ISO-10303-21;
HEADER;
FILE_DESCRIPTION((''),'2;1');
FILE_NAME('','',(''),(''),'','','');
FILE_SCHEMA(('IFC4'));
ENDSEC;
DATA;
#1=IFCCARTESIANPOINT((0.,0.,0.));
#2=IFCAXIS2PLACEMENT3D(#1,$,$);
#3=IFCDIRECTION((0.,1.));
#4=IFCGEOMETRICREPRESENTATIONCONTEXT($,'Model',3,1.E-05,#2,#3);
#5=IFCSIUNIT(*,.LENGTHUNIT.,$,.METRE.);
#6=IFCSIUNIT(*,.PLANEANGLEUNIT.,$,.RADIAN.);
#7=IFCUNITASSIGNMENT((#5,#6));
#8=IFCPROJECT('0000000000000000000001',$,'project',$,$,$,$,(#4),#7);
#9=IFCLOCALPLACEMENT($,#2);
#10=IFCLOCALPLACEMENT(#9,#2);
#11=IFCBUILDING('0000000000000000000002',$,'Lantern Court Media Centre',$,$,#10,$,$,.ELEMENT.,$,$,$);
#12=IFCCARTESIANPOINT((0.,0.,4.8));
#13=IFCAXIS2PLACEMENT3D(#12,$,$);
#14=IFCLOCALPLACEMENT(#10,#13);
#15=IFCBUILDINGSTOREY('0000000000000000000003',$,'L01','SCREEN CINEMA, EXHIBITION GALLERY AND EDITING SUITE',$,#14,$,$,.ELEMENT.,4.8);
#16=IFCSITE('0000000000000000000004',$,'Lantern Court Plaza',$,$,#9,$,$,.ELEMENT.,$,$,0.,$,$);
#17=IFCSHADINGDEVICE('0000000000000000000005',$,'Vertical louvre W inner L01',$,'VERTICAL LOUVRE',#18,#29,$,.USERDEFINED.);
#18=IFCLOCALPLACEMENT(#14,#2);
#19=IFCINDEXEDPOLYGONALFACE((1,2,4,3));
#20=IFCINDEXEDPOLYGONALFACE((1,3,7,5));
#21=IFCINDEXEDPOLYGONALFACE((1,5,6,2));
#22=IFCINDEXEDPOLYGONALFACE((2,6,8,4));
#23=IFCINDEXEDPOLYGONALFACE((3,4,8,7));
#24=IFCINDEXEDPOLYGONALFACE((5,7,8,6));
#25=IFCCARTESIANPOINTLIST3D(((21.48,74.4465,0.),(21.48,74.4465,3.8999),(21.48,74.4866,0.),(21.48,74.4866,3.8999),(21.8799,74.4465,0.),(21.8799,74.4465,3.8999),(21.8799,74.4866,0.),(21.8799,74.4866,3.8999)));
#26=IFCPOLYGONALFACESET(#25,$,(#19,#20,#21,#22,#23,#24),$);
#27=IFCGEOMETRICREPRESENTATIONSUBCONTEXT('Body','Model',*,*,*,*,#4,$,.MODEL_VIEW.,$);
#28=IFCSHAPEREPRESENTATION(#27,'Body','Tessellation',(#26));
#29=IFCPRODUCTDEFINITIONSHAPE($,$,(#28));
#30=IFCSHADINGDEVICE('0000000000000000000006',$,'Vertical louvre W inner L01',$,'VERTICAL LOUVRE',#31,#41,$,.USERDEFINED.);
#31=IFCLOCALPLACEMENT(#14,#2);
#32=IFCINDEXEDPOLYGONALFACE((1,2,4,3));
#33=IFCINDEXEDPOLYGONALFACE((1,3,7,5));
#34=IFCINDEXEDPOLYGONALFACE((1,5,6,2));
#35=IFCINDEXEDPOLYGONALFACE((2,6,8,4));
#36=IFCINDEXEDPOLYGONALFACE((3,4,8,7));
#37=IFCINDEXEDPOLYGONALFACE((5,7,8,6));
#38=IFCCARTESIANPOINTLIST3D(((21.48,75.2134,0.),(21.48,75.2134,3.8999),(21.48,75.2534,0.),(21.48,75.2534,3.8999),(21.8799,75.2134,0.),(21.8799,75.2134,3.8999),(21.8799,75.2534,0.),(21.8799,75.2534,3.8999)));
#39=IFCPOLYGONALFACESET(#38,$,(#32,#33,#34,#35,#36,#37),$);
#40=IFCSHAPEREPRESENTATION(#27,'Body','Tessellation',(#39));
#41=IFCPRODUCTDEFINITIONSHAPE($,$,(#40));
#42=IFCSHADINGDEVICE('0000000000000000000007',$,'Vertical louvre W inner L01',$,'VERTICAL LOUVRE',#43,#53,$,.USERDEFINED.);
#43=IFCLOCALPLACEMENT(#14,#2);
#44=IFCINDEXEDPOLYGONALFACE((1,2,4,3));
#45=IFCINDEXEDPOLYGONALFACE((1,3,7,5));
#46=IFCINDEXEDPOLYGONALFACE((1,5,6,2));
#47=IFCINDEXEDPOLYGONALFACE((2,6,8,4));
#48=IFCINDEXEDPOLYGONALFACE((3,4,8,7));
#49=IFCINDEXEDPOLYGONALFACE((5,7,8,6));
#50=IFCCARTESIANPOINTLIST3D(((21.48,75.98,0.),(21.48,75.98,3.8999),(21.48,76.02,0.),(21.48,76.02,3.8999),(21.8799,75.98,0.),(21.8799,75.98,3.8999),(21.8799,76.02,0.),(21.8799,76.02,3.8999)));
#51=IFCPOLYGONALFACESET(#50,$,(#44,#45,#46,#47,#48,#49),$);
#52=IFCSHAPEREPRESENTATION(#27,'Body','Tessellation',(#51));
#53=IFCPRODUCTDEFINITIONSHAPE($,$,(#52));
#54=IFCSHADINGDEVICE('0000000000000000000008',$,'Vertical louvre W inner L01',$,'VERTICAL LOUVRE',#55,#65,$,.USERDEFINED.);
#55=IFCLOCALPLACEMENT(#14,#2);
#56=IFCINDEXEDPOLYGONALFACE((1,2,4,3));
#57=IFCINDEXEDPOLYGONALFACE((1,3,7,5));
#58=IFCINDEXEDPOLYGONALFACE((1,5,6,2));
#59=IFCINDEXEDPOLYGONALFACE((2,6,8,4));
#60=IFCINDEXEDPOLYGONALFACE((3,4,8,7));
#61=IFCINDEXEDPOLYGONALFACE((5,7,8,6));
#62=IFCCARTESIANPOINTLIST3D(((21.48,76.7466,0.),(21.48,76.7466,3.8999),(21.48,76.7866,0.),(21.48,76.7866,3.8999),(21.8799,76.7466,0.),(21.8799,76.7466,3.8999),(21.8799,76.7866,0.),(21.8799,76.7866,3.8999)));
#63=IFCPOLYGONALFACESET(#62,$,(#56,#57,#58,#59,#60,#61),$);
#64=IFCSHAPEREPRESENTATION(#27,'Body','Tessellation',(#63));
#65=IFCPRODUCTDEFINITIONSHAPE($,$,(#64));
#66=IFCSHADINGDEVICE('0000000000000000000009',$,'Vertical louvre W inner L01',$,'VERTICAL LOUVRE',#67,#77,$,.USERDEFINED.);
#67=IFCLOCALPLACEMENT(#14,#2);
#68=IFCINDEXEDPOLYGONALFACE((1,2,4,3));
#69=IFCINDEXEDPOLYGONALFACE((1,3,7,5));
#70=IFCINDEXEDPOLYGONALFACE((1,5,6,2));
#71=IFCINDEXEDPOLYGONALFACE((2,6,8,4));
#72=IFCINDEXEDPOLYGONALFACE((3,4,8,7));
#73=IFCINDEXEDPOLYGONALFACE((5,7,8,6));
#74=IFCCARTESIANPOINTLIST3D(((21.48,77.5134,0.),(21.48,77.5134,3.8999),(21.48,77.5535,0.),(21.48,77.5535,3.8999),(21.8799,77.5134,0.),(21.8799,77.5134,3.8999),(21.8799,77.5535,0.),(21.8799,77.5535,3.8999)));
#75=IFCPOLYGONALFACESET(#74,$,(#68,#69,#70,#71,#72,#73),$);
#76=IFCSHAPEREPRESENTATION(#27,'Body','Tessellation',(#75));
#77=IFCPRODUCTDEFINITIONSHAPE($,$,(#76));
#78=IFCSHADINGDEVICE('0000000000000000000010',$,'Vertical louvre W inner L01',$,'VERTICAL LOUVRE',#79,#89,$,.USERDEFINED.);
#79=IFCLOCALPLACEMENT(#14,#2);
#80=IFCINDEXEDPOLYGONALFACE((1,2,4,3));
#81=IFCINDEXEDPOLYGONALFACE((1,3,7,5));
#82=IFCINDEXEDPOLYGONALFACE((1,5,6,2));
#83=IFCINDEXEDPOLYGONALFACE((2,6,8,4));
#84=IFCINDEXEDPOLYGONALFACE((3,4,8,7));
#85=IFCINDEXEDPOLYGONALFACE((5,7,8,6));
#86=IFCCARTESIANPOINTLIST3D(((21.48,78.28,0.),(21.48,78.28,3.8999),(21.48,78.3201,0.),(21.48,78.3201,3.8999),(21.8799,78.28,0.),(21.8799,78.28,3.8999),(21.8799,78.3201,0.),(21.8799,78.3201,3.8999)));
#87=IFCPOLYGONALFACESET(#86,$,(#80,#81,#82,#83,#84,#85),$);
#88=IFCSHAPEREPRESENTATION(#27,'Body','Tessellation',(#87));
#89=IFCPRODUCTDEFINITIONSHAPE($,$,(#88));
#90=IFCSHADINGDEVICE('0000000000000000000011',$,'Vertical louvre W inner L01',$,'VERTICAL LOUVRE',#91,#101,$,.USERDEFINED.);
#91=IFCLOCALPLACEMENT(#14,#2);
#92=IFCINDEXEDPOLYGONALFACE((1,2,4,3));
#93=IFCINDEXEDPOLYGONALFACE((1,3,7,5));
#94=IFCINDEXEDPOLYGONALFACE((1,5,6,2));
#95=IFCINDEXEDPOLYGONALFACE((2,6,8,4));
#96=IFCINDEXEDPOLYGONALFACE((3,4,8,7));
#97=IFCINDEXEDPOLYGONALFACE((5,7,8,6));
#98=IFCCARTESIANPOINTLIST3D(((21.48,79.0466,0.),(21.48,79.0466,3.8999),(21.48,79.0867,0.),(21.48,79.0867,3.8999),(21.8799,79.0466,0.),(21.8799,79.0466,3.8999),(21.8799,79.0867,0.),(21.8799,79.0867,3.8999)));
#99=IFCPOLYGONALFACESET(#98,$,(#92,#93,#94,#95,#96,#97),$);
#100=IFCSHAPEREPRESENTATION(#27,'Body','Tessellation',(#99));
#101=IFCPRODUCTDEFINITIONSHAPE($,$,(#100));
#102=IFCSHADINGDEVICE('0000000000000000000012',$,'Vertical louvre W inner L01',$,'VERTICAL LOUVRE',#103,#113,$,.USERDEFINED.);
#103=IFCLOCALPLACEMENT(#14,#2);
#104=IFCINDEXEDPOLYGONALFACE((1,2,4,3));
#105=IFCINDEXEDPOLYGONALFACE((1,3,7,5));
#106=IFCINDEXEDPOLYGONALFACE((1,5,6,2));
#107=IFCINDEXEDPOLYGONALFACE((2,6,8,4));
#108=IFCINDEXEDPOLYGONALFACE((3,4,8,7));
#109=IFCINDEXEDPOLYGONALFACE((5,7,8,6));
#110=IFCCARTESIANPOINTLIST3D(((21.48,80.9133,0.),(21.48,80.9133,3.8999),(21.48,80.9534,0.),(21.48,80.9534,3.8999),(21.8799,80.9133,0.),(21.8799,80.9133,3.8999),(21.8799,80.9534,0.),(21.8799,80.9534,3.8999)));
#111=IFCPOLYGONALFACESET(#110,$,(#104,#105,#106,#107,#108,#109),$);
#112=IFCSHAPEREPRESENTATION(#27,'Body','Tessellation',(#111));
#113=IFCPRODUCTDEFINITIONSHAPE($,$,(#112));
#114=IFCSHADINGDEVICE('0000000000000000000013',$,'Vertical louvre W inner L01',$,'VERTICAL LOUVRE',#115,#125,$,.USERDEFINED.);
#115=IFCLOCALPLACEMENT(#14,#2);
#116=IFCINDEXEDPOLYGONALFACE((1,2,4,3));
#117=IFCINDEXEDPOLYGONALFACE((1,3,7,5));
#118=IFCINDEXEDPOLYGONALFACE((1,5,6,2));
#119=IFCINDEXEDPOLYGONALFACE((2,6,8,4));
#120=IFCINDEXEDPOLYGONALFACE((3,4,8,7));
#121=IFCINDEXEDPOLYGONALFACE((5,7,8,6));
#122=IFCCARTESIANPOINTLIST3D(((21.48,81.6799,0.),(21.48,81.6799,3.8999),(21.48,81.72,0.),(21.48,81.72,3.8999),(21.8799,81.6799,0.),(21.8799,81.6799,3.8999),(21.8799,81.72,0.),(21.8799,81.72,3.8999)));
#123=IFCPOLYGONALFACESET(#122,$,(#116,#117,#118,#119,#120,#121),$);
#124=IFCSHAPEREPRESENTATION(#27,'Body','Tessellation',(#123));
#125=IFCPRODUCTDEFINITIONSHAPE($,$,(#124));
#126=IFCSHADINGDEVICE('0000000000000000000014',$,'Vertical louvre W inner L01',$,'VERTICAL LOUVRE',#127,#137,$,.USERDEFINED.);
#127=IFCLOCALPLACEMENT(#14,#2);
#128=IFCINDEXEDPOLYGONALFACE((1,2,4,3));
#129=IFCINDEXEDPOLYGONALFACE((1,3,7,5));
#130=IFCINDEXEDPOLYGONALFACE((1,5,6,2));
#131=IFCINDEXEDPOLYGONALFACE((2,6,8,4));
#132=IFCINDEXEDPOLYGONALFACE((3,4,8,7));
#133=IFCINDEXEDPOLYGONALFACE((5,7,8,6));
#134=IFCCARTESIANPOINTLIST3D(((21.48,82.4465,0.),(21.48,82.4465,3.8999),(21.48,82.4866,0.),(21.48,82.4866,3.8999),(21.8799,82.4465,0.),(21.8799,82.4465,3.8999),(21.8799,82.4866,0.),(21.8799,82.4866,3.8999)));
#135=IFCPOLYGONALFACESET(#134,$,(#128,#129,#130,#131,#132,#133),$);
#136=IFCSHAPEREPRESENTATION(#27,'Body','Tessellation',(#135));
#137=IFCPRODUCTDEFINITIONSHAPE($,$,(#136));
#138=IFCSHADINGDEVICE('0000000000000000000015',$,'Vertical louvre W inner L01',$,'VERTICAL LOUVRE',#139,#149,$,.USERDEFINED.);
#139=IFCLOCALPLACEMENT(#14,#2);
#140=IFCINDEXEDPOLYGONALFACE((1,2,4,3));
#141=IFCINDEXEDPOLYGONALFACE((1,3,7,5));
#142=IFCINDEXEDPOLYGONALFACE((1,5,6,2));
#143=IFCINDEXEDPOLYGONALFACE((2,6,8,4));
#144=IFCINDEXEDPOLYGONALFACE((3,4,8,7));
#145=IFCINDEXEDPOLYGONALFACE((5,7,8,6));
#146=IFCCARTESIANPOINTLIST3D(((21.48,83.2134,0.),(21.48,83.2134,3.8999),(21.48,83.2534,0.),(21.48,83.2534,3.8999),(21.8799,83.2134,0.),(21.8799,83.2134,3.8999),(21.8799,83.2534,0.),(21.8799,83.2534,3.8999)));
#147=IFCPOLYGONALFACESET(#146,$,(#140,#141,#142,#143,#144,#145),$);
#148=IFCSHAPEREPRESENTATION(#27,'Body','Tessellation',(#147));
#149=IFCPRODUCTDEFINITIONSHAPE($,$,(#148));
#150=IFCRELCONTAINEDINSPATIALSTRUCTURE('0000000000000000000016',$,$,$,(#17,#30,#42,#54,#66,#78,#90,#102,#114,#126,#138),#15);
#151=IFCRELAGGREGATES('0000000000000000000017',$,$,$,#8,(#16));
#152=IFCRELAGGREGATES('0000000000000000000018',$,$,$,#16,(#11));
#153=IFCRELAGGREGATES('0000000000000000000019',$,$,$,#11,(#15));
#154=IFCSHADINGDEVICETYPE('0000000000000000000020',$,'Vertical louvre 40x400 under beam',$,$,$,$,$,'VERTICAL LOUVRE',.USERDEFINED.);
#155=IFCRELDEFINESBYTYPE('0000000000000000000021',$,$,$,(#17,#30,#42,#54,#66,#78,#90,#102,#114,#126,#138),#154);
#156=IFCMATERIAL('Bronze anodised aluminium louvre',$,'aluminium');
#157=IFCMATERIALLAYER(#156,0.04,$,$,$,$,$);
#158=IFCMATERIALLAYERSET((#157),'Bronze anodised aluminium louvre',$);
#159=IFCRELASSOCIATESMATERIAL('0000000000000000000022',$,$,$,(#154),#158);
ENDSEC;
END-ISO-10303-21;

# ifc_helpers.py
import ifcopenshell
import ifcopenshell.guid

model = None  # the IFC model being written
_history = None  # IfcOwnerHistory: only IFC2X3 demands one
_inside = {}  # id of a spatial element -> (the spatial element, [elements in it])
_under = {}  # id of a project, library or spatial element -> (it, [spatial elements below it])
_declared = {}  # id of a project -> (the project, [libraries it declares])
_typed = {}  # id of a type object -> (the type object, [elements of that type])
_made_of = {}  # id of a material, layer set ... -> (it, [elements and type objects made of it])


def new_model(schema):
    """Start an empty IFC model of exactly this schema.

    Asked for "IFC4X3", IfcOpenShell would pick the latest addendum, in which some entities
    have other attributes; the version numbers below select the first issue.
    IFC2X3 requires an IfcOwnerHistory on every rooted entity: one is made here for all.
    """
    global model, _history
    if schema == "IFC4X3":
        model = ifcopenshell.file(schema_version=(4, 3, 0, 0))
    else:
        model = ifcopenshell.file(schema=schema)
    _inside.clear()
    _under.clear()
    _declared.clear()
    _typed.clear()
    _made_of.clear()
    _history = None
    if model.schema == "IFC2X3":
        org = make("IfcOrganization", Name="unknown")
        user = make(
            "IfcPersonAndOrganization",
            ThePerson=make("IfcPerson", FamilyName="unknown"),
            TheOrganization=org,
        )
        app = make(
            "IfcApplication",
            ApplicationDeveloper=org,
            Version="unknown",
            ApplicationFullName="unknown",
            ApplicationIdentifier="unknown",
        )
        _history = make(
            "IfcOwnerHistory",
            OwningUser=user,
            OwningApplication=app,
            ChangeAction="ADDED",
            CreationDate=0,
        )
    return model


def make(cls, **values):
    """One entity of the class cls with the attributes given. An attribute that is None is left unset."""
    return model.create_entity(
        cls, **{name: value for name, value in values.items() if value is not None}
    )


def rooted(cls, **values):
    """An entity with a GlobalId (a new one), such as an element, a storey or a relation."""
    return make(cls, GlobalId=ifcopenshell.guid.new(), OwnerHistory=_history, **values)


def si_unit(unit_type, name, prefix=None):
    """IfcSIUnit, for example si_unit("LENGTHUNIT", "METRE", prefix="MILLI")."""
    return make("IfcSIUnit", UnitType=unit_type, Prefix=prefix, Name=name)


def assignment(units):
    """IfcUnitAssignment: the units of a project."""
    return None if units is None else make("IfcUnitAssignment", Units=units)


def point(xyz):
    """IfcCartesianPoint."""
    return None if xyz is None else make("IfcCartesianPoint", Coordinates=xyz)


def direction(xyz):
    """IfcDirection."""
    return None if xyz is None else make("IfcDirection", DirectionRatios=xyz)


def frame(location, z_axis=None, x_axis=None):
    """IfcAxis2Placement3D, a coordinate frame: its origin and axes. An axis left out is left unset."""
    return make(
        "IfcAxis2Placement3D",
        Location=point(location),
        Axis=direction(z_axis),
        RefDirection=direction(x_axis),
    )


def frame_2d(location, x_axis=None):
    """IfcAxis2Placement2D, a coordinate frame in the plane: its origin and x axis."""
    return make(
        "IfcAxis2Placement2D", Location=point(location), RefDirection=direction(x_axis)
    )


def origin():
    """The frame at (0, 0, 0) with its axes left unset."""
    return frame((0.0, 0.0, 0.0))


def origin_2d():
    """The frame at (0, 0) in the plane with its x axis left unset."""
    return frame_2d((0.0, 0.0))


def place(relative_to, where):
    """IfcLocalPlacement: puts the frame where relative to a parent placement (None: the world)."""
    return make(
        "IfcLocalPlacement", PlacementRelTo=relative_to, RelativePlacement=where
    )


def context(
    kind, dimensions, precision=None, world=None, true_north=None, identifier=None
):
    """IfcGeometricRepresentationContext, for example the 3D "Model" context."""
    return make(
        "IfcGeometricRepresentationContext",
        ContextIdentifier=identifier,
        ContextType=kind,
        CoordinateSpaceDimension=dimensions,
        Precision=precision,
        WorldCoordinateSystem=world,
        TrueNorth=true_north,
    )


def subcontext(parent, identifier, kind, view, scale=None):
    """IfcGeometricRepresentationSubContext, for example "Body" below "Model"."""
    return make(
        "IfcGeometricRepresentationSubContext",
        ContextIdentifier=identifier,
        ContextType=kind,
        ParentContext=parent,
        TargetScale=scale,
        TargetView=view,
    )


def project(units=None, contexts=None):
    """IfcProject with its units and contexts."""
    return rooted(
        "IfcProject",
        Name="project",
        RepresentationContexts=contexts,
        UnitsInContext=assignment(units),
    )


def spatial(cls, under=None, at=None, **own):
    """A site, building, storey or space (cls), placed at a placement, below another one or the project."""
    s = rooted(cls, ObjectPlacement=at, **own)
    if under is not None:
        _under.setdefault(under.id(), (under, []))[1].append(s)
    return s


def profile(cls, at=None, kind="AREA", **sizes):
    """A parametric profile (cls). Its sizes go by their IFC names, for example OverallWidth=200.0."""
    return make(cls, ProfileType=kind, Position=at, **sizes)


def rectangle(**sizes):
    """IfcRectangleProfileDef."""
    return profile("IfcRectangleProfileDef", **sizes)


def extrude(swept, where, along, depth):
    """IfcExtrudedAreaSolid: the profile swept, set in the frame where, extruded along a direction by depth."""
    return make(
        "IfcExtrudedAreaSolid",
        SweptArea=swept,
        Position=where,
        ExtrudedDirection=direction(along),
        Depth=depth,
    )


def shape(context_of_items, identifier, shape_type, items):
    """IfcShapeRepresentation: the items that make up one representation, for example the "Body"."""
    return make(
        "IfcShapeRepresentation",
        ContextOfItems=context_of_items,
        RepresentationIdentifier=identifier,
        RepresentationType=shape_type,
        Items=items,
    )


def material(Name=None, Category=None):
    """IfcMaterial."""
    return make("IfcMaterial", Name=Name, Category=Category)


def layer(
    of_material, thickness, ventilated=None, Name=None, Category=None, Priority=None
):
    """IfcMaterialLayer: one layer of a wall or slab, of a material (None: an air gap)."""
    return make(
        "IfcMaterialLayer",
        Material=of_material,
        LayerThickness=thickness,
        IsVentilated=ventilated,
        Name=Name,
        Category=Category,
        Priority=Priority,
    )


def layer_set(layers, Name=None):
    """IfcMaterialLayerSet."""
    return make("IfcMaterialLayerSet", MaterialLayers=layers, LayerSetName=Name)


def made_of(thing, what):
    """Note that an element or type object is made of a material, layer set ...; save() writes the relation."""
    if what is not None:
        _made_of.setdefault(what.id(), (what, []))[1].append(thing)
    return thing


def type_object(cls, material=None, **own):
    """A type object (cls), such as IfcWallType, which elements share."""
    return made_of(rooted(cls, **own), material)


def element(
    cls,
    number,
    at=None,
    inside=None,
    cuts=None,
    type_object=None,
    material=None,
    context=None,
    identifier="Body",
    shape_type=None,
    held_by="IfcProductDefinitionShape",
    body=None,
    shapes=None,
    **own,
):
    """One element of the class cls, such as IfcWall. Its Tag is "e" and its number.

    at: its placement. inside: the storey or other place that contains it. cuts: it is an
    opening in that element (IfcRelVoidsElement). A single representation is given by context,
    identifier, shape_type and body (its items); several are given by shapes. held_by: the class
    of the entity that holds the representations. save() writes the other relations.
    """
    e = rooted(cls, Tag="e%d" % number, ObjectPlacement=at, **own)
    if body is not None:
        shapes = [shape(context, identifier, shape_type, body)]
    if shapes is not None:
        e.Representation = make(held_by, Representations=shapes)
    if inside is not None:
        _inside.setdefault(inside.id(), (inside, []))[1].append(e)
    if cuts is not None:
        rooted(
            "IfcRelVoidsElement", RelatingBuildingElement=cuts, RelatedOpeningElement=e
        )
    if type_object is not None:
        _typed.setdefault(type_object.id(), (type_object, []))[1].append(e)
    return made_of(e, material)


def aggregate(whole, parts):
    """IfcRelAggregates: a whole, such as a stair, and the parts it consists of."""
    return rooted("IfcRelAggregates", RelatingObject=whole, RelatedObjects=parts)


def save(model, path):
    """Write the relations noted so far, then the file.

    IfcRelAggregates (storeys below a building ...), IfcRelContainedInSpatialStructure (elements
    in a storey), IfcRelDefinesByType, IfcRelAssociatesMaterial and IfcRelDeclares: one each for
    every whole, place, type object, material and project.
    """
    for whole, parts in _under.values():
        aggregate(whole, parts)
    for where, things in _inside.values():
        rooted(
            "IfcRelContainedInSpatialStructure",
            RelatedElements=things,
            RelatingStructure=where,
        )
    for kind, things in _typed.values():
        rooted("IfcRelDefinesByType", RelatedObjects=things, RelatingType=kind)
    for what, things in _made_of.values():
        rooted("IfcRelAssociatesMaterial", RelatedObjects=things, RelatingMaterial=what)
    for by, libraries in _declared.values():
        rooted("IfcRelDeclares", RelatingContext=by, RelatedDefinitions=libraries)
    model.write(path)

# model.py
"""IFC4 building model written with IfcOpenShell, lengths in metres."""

from ifc_helpers import new_model, si_unit, direction, frame, origin, origin_2d, place, context, subcontext, project, spatial, rectangle, extrude, material, layer, layer_set, type_object, element, save


model = new_model("IFC4")

# Units and contexts
model_context = context("Model", 3, precision=1e-05, world=origin(), true_north=direction((0.0, 1.0)))
body_context = subcontext(model_context, "Body", "Model", "MODEL_VIEW")
ifc_project = project(units=[si_unit("LENGTHUNIT", "METRE"), si_unit("PLANEANGLEUNIT", "RADIAN")], contexts=[model_context])

# Site, building, storey
site_placement = place(None, origin())
site = spatial("IfcSite", under=ifc_project, at=site_placement, Name="Lantern Court Plaza", CompositionType="ELEMENT", RefElevation=0.0)
building_placement = place(site_placement, origin())
building = spatial("IfcBuilding", under=site, at=building_placement, Name="Lantern Court Media Centre", CompositionType="ELEMENT")
storey_placement = place(building_placement, frame((0.0, 0.0, 4.8)))
storey = spatial("IfcBuildingStorey", under=building, at=storey_placement, Name="L01", Description="SCREEN CINEMA, EXHIBITION GALLERY AND EDITING SUITE", CompositionType="ELEMENT", Elevation=4.8)

# Shading devices
ifc_material_1 = material(Name="Bronze anodised aluminium louvre", Category="aluminium")
ifc_layer_1 = layer(ifc_material_1, 0.04)
ifc_layer_set_1 = layer_set([ifc_layer_1], Name="Bronze anodised aluminium louvre")
shading_device_type = type_object("IfcShadingDeviceType", Name="Vertical louvre 40x400 under beam", ElementType="VERTICAL LOUVRE", PredefinedType="USERDEFINED", material=ifc_layer_set_1)
for number, where, z_axis, x_axis, name in (
    (1, (21.6799, 74.4666, 0.0), (0.0, 0.0, 1.0), (1.0, 0.0, 0.0), "Vertical louvre W inner L01"),
    (2, (21.6799, 75.2334, 0.0), (0.0, 0.0, 1.0), (1.0, 0.0, 0.0), "Vertical louvre W inner L01"),
    (3, (21.6799, 76.0, 0.0), (0.0, 0.0, 1.0), (1.0, 0.0, 0.0), "Vertical louvre W inner L01"),
    (4, (21.6799, 76.7666, 0.0), (0.0, 0.0, 1.0), (1.0, 0.0, 0.0), "Vertical louvre W inner L01"),
    (5, (21.6799, 77.5334, 0.0), (0.0, 0.0, 1.0), (1.0, 0.0, 0.0), "Vertical louvre W inner L01"),
    (6, (21.6799, 78.3, 0.0), (0.0, 0.0, 1.0), (1.0, 0.0, 0.0), "Vertical louvre W inner L01"),
    (7, (21.6799, 79.0667, 0.0), (0.0, 0.0, 1.0), (1.0, 0.0, 0.0), "Vertical louvre W inner L01"),
    (8, (21.6799, 80.9333, 0.0), (0.0, 0.0, 1.0), (1.0, 0.0, 0.0), "Vertical louvre W inner L01"),
    (9, (21.6799, 81.7, 0.0), (0.0, 0.0, 1.0), (1.0, 0.0, 0.0), "Vertical louvre W inner L01"),
    (10, (21.6799, 82.4666, 0.0), (0.0, 0.0, 1.0), (1.0, 0.0, 0.0), "Vertical louvre W inner L01"),
    (11, (21.6799, 83.2334, 0.0), (0.0, 0.0, 1.0), (1.0, 0.0, 0.0), "Vertical louvre W inner L01"),
):
    element("IfcShadingDevice", number, at=place(storey_placement, frame(where, z_axis=z_axis, x_axis=x_axis)), inside=storey, type_object=shading_device_type, Name=name, ObjectType="VERTICAL LOUVRE", PredefinedType="USERDEFINED", context=body_context, shape_type="SweptSolid", body=[
        extrude(rectangle(XDim=0.3999, YDim=0.04, at=origin_2d()), origin(), (0.0, 0.0, 1.0), 3.8999),
    ])

save(model, "model.ifc")
